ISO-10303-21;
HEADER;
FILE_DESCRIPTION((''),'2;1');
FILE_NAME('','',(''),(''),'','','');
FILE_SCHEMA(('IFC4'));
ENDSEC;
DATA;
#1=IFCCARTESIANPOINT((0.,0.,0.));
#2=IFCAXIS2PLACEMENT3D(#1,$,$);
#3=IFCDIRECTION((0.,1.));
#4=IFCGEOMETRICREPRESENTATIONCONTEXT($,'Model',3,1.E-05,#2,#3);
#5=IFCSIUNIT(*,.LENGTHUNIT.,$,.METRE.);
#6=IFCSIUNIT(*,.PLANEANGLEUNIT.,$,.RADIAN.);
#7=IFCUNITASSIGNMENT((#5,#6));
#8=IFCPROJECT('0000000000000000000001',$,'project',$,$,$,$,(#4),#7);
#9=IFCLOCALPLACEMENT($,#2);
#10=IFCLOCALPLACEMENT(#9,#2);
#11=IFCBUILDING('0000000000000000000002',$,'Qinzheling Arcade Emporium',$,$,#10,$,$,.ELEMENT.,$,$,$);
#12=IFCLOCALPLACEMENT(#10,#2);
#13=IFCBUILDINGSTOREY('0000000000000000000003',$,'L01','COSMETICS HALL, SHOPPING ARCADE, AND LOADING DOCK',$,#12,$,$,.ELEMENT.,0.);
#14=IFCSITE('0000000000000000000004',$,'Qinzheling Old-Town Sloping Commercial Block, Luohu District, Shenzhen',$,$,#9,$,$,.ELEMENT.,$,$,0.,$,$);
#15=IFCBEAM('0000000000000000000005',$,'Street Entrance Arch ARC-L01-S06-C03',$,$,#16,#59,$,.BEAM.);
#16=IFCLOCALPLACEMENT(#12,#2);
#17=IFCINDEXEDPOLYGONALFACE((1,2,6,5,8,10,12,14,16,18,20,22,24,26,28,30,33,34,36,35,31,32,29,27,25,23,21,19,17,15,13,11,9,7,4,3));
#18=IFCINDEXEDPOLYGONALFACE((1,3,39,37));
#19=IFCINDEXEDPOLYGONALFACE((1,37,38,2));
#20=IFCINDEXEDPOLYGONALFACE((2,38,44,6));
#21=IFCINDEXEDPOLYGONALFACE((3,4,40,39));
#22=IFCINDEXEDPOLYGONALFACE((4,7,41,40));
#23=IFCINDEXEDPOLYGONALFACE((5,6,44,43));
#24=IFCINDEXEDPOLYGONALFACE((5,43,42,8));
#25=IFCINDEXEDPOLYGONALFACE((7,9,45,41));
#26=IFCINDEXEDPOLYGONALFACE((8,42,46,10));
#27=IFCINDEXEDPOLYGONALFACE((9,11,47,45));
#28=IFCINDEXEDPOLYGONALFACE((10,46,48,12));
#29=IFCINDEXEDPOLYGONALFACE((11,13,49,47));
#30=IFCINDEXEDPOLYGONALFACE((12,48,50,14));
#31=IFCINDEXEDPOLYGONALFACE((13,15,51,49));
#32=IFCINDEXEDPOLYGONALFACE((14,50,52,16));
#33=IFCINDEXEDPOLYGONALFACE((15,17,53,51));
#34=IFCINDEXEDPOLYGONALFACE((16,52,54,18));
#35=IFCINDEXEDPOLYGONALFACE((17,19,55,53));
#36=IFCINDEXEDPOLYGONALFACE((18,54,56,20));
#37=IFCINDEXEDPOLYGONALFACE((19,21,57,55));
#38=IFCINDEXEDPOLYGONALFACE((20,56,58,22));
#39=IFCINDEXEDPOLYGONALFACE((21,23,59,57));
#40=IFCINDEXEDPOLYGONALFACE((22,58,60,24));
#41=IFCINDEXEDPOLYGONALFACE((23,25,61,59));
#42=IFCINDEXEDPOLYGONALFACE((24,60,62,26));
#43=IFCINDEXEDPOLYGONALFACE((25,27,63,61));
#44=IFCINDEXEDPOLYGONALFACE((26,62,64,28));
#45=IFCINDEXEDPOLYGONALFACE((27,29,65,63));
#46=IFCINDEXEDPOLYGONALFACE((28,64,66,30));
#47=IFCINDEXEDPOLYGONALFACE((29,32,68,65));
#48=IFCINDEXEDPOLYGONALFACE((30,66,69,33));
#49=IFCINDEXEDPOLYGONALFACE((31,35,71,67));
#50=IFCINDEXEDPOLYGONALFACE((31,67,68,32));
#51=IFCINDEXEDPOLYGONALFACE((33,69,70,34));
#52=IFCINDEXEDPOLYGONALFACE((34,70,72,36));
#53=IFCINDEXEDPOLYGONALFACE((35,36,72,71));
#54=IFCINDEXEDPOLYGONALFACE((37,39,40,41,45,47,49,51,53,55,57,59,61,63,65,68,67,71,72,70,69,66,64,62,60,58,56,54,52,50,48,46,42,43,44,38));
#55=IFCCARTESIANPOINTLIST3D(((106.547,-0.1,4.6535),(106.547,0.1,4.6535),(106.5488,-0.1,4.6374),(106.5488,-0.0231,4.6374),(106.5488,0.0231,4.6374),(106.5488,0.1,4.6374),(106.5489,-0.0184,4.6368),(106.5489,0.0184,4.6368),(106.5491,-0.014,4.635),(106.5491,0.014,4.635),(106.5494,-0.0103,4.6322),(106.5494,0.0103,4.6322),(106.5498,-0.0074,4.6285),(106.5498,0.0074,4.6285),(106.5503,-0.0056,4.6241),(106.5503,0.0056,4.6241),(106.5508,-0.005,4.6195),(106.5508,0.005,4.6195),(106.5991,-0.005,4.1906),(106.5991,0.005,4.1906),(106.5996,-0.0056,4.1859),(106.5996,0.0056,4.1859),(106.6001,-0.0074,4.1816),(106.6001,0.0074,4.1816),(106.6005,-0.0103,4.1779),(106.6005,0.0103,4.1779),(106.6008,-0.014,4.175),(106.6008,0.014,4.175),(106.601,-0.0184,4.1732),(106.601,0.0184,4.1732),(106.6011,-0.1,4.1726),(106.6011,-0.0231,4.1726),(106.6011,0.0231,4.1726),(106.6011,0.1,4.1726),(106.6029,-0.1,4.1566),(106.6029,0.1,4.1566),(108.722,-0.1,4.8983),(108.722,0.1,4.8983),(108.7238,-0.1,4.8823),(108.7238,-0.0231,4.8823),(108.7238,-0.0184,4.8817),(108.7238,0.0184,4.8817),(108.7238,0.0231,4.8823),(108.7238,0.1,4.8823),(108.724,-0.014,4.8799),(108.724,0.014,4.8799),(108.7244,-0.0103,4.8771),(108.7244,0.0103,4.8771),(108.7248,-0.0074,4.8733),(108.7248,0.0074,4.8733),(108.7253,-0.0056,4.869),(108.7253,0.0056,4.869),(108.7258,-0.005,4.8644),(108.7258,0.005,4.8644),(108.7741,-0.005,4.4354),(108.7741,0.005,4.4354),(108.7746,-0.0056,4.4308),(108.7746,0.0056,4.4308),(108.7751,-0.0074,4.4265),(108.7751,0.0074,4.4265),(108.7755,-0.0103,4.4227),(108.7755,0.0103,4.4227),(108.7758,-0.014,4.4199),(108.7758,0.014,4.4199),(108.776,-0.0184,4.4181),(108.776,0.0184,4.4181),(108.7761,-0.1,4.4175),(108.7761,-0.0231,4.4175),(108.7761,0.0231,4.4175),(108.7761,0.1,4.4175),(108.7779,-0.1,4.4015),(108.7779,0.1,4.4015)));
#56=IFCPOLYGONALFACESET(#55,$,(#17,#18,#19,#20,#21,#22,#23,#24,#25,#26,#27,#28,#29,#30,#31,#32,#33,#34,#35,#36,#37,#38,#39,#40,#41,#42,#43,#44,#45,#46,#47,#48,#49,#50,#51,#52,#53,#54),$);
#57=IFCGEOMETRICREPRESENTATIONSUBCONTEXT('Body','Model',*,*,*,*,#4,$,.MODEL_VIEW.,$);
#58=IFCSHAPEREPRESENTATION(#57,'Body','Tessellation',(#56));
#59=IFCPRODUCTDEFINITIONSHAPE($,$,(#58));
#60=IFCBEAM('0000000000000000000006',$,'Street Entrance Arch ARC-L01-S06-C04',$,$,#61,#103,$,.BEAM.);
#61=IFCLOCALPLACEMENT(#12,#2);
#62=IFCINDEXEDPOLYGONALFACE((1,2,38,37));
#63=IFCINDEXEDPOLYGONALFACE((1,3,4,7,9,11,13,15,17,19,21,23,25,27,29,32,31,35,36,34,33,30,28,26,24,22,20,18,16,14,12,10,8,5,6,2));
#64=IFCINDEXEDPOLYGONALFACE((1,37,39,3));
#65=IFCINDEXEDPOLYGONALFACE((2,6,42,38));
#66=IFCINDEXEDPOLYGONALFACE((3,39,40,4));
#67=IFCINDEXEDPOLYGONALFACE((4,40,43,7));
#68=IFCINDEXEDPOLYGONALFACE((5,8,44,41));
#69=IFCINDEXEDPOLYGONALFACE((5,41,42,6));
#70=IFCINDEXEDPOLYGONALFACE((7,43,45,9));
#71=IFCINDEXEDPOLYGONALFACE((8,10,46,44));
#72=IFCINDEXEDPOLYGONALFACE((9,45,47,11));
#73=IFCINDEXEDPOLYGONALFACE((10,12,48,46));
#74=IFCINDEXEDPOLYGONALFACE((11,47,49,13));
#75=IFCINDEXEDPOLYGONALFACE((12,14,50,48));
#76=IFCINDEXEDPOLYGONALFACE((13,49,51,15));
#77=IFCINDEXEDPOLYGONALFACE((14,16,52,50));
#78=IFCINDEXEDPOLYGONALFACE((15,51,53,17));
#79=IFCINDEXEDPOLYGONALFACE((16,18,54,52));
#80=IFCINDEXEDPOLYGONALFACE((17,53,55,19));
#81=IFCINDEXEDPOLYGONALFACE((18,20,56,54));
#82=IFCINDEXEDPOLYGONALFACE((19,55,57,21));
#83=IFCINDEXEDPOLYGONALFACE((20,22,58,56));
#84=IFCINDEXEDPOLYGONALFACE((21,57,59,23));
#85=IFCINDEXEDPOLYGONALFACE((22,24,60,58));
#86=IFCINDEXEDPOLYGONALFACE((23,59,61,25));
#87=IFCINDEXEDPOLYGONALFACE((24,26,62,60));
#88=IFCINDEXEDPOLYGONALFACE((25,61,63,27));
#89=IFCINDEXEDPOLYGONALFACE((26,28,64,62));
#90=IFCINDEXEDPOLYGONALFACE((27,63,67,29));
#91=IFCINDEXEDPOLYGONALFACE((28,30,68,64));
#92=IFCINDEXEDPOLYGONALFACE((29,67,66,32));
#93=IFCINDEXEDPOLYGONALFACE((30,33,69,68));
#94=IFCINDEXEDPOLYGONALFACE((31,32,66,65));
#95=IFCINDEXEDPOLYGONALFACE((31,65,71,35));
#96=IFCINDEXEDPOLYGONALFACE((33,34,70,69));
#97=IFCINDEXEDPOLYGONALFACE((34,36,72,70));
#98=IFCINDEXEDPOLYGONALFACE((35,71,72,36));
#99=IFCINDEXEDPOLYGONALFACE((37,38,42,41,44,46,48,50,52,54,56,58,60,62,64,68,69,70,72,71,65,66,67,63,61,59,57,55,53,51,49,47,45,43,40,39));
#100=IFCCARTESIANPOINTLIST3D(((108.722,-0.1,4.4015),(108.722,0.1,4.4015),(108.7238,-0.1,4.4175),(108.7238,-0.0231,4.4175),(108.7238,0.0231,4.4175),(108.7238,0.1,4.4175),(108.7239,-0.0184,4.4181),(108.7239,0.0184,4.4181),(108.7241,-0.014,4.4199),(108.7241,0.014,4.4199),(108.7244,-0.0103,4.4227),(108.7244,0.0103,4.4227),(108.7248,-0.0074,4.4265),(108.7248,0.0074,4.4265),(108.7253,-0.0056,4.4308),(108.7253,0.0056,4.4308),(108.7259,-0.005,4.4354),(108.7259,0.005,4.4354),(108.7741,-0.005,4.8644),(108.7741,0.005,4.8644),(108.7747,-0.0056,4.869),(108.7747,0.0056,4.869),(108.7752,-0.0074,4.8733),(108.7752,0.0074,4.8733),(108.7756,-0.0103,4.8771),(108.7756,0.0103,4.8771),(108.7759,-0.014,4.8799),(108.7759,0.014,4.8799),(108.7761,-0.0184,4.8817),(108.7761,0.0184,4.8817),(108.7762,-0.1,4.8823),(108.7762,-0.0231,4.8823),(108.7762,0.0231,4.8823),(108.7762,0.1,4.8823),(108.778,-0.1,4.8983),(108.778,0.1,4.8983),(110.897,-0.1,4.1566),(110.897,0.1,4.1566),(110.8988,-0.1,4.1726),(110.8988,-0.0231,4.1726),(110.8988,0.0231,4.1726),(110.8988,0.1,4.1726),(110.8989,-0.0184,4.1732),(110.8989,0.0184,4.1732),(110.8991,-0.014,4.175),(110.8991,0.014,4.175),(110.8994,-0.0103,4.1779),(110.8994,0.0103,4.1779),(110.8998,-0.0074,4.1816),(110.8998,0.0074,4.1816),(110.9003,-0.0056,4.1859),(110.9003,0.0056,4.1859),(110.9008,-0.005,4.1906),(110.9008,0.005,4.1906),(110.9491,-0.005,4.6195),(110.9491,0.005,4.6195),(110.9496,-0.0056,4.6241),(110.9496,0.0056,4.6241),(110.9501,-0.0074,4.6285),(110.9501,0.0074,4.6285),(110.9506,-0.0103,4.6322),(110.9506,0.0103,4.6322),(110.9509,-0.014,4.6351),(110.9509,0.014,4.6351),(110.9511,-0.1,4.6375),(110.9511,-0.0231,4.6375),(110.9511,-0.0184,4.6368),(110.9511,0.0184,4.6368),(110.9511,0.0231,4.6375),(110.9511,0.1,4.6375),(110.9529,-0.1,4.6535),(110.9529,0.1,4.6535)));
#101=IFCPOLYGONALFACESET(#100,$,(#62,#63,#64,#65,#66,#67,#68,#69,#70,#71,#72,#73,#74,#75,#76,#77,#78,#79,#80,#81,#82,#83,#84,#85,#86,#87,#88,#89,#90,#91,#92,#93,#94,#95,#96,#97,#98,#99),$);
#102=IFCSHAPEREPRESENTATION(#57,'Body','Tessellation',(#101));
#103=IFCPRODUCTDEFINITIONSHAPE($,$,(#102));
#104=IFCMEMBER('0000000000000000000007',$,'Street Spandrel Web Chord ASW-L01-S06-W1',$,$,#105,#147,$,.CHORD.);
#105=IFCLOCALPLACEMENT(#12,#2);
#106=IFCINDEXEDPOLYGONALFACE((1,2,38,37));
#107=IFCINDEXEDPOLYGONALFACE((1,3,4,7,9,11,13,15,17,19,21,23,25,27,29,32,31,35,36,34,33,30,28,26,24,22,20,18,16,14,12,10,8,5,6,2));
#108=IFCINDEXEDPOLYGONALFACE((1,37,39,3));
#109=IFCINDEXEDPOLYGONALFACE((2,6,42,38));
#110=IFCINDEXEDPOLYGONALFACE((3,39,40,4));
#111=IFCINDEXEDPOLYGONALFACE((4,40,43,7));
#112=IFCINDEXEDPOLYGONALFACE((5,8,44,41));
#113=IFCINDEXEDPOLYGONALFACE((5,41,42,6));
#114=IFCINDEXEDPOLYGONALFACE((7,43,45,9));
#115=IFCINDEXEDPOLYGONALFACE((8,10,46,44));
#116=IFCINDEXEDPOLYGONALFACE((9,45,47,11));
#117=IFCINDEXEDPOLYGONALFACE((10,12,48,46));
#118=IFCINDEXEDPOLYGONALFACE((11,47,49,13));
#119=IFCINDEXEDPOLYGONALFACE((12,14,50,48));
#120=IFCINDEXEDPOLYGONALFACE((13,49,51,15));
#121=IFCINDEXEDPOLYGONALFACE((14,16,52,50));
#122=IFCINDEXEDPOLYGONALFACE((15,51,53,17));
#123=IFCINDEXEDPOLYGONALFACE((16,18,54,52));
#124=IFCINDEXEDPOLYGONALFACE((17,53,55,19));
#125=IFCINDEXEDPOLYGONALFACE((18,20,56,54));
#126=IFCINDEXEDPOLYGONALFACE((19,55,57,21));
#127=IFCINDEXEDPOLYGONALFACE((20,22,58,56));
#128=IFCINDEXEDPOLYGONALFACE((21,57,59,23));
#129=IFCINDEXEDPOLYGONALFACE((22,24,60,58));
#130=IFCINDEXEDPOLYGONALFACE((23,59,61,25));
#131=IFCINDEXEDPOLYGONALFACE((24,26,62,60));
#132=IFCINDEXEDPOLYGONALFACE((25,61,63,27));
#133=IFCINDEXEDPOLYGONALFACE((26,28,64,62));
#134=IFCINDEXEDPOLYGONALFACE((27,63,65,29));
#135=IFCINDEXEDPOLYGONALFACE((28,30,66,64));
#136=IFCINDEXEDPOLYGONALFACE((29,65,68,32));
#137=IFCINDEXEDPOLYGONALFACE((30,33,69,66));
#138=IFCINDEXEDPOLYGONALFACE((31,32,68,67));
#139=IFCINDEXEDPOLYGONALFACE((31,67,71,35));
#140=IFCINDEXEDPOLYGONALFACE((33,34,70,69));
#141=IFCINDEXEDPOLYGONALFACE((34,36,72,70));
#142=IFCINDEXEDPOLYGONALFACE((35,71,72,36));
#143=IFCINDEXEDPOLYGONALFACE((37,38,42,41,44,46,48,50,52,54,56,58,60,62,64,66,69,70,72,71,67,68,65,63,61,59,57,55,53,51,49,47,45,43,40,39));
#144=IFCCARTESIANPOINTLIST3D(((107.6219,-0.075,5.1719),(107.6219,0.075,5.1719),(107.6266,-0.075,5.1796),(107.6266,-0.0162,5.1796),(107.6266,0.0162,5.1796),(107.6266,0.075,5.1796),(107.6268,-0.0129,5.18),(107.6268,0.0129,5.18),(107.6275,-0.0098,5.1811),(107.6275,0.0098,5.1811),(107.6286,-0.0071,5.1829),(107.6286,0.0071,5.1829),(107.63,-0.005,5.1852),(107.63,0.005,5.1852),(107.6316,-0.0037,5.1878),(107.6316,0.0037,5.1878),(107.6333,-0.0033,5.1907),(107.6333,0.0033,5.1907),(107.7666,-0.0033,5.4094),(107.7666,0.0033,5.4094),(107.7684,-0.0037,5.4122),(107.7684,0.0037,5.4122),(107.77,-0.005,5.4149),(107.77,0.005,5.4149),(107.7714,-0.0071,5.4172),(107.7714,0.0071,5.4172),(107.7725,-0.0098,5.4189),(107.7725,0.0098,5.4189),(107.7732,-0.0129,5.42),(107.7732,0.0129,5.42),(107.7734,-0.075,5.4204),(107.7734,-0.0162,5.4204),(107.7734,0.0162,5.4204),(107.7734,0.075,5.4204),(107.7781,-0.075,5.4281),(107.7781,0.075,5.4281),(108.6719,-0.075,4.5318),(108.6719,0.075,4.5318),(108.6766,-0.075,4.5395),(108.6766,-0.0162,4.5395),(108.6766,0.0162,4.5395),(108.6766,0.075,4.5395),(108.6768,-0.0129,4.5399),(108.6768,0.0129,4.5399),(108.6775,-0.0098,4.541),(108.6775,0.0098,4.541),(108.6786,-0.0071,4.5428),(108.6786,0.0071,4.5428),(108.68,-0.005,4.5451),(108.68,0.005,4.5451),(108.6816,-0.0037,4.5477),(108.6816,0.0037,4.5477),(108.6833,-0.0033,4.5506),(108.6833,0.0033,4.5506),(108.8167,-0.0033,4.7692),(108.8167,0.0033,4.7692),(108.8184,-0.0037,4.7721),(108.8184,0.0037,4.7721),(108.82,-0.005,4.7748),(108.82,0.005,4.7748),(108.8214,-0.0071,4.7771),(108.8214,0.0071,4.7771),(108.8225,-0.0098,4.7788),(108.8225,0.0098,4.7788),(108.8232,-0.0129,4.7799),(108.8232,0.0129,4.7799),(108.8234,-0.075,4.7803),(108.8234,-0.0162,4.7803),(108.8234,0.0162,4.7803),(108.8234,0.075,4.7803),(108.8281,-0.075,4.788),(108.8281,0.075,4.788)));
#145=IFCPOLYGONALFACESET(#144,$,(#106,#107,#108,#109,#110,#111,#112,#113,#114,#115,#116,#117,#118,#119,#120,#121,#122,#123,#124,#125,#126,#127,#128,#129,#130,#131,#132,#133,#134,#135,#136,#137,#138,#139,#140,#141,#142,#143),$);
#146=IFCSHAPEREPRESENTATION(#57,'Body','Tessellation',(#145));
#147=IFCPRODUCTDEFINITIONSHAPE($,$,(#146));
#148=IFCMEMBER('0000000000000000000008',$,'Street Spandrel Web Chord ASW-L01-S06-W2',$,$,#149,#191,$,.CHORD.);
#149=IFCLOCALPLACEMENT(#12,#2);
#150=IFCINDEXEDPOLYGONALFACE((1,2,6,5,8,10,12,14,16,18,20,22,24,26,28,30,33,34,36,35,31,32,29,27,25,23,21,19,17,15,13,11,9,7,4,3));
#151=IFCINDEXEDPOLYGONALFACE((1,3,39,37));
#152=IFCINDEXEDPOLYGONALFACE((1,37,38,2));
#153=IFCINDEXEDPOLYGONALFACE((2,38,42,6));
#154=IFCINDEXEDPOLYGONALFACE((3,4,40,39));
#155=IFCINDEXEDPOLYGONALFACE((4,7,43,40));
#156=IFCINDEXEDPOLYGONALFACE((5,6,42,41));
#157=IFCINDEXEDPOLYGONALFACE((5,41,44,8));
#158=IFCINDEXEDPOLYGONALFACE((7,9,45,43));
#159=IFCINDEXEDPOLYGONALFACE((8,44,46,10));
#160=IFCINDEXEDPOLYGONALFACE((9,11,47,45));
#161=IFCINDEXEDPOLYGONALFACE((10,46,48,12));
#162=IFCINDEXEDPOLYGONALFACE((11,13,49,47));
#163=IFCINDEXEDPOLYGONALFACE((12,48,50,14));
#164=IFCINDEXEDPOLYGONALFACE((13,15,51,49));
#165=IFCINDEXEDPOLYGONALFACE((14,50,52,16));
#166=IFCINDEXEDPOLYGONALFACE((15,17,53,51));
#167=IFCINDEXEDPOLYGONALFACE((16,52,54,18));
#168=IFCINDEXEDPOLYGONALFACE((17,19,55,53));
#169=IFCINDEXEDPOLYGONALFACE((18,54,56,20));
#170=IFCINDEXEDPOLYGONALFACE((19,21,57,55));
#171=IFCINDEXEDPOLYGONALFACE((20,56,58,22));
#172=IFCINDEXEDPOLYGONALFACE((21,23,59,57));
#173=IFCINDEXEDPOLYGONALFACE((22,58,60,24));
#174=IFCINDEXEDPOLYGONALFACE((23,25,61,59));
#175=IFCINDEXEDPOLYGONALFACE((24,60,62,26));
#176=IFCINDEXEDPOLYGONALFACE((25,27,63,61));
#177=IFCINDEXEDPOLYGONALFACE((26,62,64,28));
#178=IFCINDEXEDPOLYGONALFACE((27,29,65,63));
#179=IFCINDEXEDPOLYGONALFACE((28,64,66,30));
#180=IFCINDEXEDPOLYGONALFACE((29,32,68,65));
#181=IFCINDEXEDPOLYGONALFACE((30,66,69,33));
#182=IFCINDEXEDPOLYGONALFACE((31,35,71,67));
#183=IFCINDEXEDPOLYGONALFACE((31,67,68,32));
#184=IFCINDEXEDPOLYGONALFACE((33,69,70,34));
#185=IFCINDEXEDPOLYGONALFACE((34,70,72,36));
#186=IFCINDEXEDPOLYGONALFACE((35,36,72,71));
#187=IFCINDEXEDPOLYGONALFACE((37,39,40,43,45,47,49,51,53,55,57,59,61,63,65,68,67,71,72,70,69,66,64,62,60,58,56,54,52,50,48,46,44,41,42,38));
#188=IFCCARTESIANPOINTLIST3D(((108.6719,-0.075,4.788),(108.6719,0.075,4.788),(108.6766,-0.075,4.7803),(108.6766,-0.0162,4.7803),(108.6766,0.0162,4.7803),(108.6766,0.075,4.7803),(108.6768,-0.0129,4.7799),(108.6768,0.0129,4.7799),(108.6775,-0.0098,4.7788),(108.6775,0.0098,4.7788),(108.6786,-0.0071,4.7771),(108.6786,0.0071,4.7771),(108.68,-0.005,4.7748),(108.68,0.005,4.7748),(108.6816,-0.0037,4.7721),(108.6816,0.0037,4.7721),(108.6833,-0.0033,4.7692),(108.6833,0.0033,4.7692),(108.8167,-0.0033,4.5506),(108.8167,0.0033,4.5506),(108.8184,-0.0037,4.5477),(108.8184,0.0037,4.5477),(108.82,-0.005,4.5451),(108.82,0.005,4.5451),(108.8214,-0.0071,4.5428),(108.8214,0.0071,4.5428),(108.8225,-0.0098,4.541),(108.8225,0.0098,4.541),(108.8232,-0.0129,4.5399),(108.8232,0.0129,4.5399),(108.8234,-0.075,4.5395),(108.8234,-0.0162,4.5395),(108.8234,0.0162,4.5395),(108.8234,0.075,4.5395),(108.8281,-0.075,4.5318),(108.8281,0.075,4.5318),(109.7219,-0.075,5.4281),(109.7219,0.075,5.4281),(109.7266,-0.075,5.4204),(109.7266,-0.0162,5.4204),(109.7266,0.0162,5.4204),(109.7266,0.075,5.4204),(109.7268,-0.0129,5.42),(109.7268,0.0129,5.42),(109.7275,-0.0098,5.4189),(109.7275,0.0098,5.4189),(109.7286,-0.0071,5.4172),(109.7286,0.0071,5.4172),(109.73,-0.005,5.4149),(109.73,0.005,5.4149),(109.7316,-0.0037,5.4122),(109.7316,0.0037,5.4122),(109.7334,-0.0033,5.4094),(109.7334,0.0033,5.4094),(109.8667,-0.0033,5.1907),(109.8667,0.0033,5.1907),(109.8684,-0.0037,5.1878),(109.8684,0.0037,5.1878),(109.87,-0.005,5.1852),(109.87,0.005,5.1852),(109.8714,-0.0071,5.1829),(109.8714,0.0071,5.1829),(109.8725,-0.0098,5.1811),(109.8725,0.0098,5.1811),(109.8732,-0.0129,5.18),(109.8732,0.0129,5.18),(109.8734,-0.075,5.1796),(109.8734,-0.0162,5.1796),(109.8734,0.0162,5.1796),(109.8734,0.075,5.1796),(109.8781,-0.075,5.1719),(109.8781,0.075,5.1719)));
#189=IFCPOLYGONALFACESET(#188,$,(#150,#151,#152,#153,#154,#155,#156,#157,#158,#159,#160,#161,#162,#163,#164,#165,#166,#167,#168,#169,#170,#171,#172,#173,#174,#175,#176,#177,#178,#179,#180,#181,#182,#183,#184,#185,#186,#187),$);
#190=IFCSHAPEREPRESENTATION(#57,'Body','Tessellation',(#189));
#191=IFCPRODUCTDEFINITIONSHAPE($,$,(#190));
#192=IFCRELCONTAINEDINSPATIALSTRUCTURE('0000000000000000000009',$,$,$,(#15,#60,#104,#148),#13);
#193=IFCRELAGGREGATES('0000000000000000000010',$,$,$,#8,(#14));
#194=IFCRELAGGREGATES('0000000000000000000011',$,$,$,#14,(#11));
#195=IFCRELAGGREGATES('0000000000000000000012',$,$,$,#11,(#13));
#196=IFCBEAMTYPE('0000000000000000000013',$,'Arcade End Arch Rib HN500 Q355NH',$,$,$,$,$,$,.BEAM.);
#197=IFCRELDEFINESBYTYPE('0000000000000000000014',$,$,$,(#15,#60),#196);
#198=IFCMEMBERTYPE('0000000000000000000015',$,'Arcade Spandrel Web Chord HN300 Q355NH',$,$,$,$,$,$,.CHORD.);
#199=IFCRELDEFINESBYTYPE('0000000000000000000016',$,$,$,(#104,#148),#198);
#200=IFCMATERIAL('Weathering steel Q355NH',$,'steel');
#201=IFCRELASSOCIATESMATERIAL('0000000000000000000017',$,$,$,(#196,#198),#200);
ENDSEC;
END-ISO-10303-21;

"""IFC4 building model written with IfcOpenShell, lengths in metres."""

from ifc_helpers import new_model, si_unit, direction, frame, origin, origin_2d, place, context, subcontext, project, spatial, i_section, extrude, material, material_profile, profile_set, type_object, element, save


model = new_model("IFC4")

# Units and contexts
model_context = context("Model", 3, precision=1e-05, world=origin(), true_north=direction((0.0, 1.0)))
body_context = subcontext(model_context, "Body", "Model", "MODEL_VIEW")
ifc_project = project(units=[si_unit("LENGTHUNIT", "METRE"), si_unit("PLANEANGLEUNIT", "RADIAN")], contexts=[model_context])

# Site, building, storey
site_placement = place(None, origin())
site = spatial("IfcSite", under=ifc_project, at=site_placement, Name="Qinzheling Old-Town Sloping Commercial Block, Luohu District, Shenzhen", CompositionType="ELEMENT", RefElevation=0.0)
building_placement = place(site_placement, origin())
building = spatial("IfcBuilding", under=site, at=building_placement, Name="Qinzheling Arcade Emporium", CompositionType="ELEMENT")
storey_placement = place(building_placement, origin())
storey = spatial("IfcBuildingStorey", under=building, at=storey_placement, Name="L01", Description="COSMETICS HALL, SHOPPING ARCADE, AND LOADING DOCK", CompositionType="ELEMENT", Elevation=0.0)

# Beams
ifc_material_1 = material(Name="Weathering steel Q355NH", Category="steel")
ifc_material_profile_1 = material_profile(ifc_material_1, i_section(OverallWidth=0.2, OverallDepth=0.5, WebThickness=0.01, FlangeThickness=0.0161, FilletRadius=0.0181, at=origin_2d()), Name="HN 500x200x10x16", Category="steel")
ifc_profile_set_1 = profile_set([ifc_material_profile_1], Name="Weathering steel Q355NH")
beam_type_1 = type_object("IfcBeamType", Name="Arcade End Arch Rib HN500 Q355NH", PredefinedType="BEAM", material=ifc_profile_set_1)
for number, where, z_axis, x_axis, name in (
    (1, (106.575, 0.0, 4.405), (0.993722, 0.0, 0.111876), (0.0, 1.0, 0.0), "Street Entrance Arch ARC-L01-S06-C03"),
    (2, (108.75, 0.0, 4.6499), (0.993722, 0.0, -0.111876), (0.0, 1.0, 0.0), "Street Entrance Arch ARC-L01-S06-C04"),
):
    element("IfcBeam", number, at=place(storey_placement, frame(where, z_axis=z_axis, x_axis=x_axis)), inside=storey, type_object=beam_type_1, Name=name, PredefinedType="BEAM", context=body_context, shape_type="SweptSolid", body=[
        extrude(i_section(OverallWidth=0.2, OverallDepth=0.5, WebThickness=0.01, FlangeThickness=0.0161, FilletRadius=0.0181, at=origin_2d()), origin(), (0.0, 0.0, 1.0), 2.1887),
    ])

# Members
ifc_material_profile_2 = material_profile(ifc_material_1, i_section(OverallWidth=0.1499, OverallDepth=0.3, WebThickness=0.0066, FlangeThickness=0.009, FilletRadius=0.0129, at=origin_2d()), Name="HN 300x150x6.5x9", Category="steel")
ifc_profile_set_2 = profile_set([ifc_material_profile_2], Name="Weathering steel Q355NH")
member_type_1 = type_object("IfcMemberType", Name="Arcade Spandrel Web Chord HN300 Q355NH", PredefinedType="CHORD", material=ifc_profile_set_2)
for number, where, z_axis, x_axis, name in (
    (3, (108.75, 0.0, 4.6599), (-0.853846, 0.0, 0.520526), (0.0, -1.0, 0.0), "Street Spandrel Web Chord ASW-L01-S06-W1"),
    (4, (108.75, 0.0, 4.6599), (0.853846, 0.0, 0.520526), (0.0, 1.0, 0.0), "Street Spandrel Web Chord ASW-L01-S06-W2"),
):
    element("IfcMember", number, at=place(storey_placement, frame(where, z_axis=z_axis, x_axis=x_axis)), inside=storey, type_object=member_type_1, Name=name, PredefinedType="CHORD", context=body_context, shape_type="SweptSolid", body=[
        extrude(i_section(OverallWidth=0.1499, OverallDepth=0.3, WebThickness=0.0066, FlangeThickness=0.009, FilletRadius=0.0129, at=origin_2d()), origin(), (0.0, 0.0, 1.0), 1.2297),
    ])

save(model, "model.ifc")
